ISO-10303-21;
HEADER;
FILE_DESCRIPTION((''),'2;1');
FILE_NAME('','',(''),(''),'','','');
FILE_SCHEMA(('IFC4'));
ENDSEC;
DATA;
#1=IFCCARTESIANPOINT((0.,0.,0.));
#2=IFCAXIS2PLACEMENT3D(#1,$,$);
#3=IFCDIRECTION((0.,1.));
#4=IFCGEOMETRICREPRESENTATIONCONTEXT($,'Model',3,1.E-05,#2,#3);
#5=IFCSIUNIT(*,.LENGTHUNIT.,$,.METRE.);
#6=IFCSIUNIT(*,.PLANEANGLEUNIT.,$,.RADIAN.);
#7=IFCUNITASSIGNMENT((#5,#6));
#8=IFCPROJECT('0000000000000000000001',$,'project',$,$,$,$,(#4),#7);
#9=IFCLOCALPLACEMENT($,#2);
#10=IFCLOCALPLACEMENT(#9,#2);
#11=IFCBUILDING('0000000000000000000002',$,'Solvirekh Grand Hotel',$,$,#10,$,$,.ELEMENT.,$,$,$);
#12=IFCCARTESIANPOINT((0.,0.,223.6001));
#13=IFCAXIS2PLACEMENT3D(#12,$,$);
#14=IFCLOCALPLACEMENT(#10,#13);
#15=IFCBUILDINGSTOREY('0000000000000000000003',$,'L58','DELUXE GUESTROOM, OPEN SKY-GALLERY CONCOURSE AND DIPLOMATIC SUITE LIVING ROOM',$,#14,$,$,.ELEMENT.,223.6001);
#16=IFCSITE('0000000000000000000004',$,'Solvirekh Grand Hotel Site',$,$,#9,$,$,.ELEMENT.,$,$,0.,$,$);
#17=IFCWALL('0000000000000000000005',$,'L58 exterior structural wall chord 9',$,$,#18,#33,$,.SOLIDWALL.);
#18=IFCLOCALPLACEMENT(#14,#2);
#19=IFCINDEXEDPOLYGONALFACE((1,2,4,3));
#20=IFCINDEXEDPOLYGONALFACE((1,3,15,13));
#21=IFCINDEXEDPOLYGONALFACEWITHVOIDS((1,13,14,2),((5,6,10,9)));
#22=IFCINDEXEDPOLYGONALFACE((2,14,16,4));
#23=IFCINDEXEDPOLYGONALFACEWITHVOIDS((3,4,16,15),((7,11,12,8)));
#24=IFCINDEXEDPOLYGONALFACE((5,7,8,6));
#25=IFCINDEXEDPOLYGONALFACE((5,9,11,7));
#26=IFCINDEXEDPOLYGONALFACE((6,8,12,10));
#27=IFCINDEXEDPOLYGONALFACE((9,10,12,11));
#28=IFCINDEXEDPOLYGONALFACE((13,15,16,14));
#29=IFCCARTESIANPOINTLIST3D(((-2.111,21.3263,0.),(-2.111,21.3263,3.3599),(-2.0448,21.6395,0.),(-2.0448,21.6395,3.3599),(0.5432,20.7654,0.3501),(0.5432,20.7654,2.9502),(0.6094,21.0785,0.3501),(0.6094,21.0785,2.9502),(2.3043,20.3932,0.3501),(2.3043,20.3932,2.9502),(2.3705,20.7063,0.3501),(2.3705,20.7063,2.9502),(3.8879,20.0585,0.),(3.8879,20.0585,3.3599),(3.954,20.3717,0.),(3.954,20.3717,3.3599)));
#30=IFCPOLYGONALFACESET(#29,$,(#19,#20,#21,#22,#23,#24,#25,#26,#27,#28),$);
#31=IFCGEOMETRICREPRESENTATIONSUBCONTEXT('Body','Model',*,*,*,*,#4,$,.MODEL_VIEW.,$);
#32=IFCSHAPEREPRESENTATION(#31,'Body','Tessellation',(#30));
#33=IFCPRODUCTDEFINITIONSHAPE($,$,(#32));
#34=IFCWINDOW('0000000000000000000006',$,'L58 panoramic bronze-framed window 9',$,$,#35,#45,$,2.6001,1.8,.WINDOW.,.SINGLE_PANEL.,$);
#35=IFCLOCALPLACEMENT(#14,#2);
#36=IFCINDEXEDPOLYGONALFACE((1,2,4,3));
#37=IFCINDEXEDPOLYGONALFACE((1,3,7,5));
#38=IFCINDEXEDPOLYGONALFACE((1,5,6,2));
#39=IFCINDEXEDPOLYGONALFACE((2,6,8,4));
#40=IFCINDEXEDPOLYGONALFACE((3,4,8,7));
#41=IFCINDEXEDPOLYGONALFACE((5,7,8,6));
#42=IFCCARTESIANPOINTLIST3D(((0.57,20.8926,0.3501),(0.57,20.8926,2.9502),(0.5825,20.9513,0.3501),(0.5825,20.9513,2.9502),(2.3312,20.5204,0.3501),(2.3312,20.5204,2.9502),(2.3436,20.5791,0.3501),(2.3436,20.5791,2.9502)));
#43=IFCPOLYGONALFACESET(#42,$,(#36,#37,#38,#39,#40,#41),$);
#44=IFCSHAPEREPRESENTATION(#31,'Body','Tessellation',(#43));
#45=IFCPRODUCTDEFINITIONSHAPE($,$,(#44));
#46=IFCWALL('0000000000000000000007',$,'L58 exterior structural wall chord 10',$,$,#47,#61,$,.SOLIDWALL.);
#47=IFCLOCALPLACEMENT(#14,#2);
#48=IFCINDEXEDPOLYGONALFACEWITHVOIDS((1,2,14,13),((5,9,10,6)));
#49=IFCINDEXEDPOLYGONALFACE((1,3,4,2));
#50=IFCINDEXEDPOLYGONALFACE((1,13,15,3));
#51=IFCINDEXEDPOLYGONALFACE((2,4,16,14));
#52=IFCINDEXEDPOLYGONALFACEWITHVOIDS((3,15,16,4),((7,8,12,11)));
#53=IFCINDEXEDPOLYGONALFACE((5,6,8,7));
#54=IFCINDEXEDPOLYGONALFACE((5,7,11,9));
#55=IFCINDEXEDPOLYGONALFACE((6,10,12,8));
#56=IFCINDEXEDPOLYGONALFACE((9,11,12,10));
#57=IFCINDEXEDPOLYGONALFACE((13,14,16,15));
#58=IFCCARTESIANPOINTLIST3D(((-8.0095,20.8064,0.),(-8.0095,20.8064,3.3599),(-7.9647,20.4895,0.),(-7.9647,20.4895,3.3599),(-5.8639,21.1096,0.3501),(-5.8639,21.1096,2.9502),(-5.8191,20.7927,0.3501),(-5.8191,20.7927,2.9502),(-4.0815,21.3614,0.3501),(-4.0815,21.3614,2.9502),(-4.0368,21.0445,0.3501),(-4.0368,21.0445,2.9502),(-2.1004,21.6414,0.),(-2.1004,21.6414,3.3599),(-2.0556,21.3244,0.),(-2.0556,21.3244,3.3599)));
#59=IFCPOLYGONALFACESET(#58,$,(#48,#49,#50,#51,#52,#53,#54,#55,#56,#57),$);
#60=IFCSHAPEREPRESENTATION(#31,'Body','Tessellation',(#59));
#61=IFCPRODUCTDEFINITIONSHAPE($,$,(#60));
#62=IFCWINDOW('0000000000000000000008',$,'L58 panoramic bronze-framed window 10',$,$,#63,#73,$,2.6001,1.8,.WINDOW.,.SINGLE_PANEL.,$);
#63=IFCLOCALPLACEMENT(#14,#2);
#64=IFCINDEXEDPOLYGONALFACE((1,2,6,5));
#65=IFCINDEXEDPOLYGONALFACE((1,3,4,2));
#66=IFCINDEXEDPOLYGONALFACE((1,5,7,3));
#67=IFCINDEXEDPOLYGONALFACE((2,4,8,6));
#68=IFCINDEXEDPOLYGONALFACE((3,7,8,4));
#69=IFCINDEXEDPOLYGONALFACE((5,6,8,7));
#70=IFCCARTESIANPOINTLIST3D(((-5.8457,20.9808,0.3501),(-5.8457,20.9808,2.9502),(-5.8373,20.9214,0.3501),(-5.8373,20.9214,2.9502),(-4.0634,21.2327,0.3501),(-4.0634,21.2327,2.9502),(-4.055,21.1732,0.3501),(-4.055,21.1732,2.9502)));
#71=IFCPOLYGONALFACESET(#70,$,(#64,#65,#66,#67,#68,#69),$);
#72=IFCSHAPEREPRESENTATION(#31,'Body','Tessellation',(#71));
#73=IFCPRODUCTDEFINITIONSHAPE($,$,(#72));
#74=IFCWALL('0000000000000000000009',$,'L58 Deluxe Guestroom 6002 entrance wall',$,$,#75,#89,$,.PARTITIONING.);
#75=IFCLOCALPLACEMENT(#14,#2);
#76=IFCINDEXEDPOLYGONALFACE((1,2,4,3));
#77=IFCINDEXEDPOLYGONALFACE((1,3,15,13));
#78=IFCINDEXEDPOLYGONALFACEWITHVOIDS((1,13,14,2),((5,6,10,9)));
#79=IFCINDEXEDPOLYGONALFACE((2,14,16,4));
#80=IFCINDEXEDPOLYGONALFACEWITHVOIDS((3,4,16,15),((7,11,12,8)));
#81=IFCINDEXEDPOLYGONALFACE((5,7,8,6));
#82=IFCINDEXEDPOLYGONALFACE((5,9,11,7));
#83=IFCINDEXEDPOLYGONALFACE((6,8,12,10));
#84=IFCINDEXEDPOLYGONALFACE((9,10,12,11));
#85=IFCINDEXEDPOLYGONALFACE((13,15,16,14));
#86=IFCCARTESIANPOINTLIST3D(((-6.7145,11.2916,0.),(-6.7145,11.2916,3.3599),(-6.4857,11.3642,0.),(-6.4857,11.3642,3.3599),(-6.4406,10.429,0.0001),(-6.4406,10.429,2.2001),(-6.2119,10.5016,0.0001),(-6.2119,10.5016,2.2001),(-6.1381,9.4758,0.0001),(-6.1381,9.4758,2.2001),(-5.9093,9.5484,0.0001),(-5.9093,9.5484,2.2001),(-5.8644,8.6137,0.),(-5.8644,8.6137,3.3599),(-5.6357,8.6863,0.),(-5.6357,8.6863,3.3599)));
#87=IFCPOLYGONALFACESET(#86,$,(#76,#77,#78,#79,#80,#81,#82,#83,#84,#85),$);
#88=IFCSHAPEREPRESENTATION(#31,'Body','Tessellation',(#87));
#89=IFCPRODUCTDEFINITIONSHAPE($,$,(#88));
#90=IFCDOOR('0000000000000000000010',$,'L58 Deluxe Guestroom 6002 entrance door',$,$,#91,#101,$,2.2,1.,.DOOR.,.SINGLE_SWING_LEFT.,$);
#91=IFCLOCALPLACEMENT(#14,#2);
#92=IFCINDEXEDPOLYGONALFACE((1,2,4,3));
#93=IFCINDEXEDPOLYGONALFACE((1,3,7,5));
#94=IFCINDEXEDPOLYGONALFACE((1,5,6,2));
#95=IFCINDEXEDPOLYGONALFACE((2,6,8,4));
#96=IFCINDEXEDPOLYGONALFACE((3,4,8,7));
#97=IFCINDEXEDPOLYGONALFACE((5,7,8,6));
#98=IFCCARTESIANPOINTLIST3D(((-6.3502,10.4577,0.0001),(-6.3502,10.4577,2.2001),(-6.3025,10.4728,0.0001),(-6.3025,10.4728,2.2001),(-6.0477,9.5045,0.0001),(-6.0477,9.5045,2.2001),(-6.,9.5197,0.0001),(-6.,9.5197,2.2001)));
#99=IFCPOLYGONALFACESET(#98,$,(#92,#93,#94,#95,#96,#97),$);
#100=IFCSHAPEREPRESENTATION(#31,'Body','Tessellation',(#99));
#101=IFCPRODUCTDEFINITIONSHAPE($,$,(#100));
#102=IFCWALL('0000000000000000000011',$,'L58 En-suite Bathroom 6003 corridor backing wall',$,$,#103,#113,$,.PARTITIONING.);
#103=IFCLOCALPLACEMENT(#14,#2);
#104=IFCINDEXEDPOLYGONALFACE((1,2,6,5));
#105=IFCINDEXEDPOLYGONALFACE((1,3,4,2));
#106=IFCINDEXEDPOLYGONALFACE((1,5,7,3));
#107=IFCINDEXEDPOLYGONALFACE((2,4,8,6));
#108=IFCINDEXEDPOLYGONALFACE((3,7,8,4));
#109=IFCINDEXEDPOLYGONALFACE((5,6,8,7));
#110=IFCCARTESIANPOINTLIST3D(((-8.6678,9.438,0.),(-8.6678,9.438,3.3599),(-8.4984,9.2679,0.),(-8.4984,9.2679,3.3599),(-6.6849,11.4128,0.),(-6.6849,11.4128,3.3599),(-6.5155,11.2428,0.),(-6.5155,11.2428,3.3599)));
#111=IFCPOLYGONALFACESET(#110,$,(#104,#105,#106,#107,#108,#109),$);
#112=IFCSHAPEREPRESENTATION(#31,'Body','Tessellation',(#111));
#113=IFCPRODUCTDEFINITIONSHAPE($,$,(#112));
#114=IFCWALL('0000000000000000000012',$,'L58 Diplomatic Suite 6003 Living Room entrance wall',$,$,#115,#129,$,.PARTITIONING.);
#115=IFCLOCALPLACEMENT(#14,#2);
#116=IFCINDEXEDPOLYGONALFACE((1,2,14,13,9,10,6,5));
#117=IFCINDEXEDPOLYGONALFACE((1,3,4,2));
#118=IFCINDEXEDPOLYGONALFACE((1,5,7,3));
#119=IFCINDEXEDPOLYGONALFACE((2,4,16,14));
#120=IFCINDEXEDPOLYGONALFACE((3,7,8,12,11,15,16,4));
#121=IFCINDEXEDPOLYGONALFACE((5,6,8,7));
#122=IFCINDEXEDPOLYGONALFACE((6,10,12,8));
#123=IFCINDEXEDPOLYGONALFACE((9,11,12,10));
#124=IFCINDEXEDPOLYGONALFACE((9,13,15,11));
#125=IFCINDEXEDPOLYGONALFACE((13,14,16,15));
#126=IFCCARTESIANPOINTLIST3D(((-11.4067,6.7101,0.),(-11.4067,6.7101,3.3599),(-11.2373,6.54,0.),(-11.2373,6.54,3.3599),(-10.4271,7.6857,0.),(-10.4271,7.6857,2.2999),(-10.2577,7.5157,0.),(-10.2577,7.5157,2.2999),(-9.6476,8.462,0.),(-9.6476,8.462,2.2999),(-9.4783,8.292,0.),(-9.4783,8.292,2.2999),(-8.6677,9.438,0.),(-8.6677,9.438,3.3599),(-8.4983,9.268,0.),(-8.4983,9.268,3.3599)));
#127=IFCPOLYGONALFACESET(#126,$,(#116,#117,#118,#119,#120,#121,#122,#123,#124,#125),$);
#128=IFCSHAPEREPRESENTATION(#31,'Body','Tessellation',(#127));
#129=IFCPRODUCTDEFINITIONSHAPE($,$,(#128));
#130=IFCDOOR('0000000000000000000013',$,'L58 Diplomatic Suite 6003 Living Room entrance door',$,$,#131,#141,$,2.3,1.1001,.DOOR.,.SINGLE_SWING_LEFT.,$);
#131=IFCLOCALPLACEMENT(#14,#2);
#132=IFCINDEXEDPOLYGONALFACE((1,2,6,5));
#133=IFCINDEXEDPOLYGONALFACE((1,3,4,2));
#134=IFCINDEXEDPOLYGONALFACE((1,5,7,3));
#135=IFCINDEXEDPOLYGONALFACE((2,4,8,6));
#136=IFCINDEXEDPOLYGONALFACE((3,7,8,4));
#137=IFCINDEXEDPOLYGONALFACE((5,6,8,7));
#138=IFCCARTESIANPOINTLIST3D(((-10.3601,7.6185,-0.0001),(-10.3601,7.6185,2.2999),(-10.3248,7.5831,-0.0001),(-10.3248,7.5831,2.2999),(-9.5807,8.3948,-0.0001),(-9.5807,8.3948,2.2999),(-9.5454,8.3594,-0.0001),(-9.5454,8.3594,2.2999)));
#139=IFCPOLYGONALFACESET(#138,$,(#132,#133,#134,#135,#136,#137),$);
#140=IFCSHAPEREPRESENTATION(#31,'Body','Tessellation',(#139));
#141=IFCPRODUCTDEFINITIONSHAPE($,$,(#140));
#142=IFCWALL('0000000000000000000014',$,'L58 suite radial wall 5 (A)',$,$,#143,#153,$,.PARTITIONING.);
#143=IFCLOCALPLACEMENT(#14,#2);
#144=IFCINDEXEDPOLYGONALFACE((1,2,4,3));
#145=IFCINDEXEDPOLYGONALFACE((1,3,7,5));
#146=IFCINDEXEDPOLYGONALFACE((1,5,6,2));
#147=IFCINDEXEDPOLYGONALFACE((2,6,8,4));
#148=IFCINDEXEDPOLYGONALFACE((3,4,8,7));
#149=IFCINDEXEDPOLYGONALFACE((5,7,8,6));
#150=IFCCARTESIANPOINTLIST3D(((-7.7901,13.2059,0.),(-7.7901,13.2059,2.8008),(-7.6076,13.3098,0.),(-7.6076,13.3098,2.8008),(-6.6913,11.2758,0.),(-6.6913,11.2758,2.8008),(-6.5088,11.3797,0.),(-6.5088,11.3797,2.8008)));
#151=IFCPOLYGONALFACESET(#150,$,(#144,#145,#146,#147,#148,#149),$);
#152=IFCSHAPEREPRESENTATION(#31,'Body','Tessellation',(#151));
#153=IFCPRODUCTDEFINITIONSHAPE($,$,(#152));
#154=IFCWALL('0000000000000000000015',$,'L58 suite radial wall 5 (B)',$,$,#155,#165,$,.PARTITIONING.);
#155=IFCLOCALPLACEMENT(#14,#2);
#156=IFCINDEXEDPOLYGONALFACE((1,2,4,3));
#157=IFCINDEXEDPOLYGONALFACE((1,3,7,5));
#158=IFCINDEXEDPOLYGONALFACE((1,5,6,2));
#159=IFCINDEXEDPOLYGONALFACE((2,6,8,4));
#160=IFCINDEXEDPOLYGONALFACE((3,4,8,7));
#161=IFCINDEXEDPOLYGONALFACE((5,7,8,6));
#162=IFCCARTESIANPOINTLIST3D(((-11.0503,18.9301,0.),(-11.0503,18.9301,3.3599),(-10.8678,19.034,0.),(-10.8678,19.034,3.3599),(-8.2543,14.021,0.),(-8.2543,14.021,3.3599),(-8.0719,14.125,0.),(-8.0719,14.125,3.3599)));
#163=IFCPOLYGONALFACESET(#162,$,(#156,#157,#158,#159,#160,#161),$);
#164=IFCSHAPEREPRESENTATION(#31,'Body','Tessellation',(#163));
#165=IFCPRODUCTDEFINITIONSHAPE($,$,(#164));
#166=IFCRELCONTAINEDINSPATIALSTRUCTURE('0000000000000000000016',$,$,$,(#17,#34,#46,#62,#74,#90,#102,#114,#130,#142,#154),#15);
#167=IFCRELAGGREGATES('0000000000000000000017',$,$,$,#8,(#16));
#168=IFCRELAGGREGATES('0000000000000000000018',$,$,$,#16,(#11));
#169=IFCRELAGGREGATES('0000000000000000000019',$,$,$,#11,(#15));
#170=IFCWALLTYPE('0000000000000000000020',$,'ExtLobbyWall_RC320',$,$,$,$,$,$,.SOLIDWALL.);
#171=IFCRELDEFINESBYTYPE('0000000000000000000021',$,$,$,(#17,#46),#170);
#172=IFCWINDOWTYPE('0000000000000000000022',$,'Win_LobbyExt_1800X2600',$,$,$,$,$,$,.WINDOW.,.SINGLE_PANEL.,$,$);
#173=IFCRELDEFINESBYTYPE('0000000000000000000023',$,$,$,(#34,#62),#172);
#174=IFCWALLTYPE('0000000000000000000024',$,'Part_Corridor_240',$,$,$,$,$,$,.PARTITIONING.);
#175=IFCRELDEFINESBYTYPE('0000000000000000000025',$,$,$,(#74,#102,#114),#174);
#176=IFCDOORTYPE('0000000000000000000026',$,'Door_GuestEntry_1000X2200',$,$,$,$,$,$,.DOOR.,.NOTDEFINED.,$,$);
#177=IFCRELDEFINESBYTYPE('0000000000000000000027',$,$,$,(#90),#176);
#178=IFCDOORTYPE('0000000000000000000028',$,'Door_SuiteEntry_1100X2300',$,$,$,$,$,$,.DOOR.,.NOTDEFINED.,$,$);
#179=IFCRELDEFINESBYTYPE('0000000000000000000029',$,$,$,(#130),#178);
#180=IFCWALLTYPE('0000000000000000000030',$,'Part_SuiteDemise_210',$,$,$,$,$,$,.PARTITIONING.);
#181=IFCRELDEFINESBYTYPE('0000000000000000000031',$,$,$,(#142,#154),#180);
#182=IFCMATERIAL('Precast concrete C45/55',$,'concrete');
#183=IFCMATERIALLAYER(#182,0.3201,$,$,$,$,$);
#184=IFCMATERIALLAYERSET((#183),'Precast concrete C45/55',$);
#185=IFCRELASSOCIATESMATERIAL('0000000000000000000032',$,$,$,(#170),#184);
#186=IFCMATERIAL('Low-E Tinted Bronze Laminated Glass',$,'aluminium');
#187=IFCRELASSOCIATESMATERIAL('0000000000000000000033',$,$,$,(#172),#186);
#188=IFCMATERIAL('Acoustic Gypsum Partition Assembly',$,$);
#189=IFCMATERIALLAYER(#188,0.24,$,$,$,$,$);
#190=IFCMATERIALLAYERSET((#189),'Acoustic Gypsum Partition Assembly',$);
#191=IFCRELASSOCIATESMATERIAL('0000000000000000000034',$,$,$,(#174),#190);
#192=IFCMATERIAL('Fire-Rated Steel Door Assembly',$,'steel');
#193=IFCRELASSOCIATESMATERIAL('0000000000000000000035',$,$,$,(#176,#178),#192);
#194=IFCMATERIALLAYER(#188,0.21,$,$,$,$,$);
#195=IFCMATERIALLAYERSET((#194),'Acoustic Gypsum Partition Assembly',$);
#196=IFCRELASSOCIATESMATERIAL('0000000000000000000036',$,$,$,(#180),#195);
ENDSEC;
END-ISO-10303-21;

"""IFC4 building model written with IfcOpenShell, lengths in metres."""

from ifc_helpers import new_model, si_unit, direction, frame, frame_2d, origin, place, context, subcontext, project, spatial, rectangle, extrude, material, layer, layer_set, type_object, element, fill, save


model = new_model("IFC4")

# Units and contexts
model_context = context("Model", 3, precision=1e-05, world=origin(), true_north=direction((0.0, 1.0)))
body_context = subcontext(model_context, "Body", "Model", "MODEL_VIEW")
ifc_project = project(units=[si_unit("LENGTHUNIT", "METRE"), si_unit("PLANEANGLEUNIT", "RADIAN")], contexts=[model_context])

# Site, building, storey
site_placement = place(None, origin())
site = spatial("IfcSite", under=ifc_project, at=site_placement, Name="Solvirekh Grand Hotel Site", CompositionType="ELEMENT", RefElevation=0.0)
building_placement = place(site_placement, origin())
building = spatial("IfcBuilding", under=site, at=building_placement, Name="Solvirekh Grand Hotel", CompositionType="ELEMENT")
storey_placement = place(building_placement, frame((0.0, 0.0, 223.6001)))
storey = spatial("IfcBuildingStorey", under=building, at=storey_placement, Name="L58", Description="DELUXE GUESTROOM, OPEN SKY-GALLERY CONCOURSE AND DIPLOMATIC SUITE LIVING ROOM", CompositionType="ELEMENT", Elevation=223.6001)

# Walls, openings, windows
ifc_material_1 = material(Name="Precast concrete C45/55", Category="concrete")
ifc_layer_1 = layer(ifc_material_1, 0.3201)
ifc_layer_set_1 = layer_set([ifc_layer_1], Name="Precast concrete C45/55")
wall_type_1 = type_object("IfcWallType", Name="ExtLobbyWall_RC320", PredefinedType="SOLIDWALL", material=ifc_layer_set_1)
wall_1_placement = place(storey_placement, frame((-2.0779, 21.4829, 0.0), z_axis=(0.0, 0.0, 1.0), x_axis=(0.978388, -0.206779, 0.0)))
wall_1 = element("IfcWall", 1, at=wall_1_placement, inside=storey, type_object=wall_type_1, Name="L58 exterior structural wall chord 9", PredefinedType="SOLIDWALL", context=body_context, shape_type="SweptSolid", body=[
    extrude(rectangle(XDim=6.1313, YDim=0.3201, at=frame_2d((3.0657, 0.0))), origin(), (0.0, 0.0, 1.0), 3.3599),
])
opening_1_placement = place(wall_1_placement, frame((2.7129, 0.0, 0.3501)))
opening_1 = element("IfcOpeningElement", 2, at=opening_1_placement, cuts=wall_1, PredefinedType="OPENING", context=body_context, shape_type="SweptSolid", body=[
    extrude(rectangle(XDim=1.8, YDim=2.6001, at=frame_2d((0.8999, 1.3))), frame((0.0, 0.1699, 0.0), z_axis=(0.0, -1.0, 0.0), x_axis=(1.0, 0.0, 0.0)), (0.0, 0.0, 1.0), 0.3401),
])
ifc_material_2 = material(Name="Low-E Tinted Bronze Laminated Glass", Category="aluminium")
window_type = type_object("IfcWindowType", Name="Win_LobbyExt_1800X2600", PartitioningType="SINGLE_PANEL", PredefinedType="WINDOW", material=ifc_material_2)
window_1_placement = place(opening_1_placement, origin())
window_1 = element("IfcWindow", 3, at=window_1_placement, inside=storey, type_object=window_type, Name="L58 panoramic bronze-framed window 9", OverallHeight=2.6001, OverallWidth=1.8, PartitioningType="SINGLE_PANEL", PredefinedType="WINDOW", context=body_context, shape_type="SweptSolid", body=[
    extrude(rectangle(XDim=1.8, YDim=2.6001, at=frame_2d((0.8999, 1.3))), frame((0.0, 0.03, 0.0), z_axis=(0.0, -1.0, 0.0), x_axis=(1.0, 0.0, 0.0)), (0.0, 0.0, 1.0), 0.0601),
])
fill(opening_1, window_1)
wall_2_placement = place(storey_placement, frame((-7.9871, 20.6479, 0.0), z_axis=(0.0, 0.0, 1.0), x_axis=(0.990164, 0.139909, 0.0)))
wall_2 = element("IfcWall", 4, at=wall_2_placement, inside=storey, type_object=wall_type_1, Name="L58 exterior structural wall chord 10", PredefinedType="SOLIDWALL", context=body_context, shape_type="SweptSolid", body=[
    extrude(rectangle(XDim=5.9678, YDim=0.3201, at=frame_2d((2.9839, 0.0))), origin(), (0.0, 0.0, 1.0), 3.3599),
])
opening_2_placement = place(wall_2_placement, frame((2.167, 0.0, 0.3501)))
opening_2 = element("IfcOpeningElement", 5, at=opening_2_placement, cuts=wall_2, PredefinedType="OPENING", context=body_context, shape_type="SweptSolid", body=[
    extrude(rectangle(XDim=1.8, YDim=2.6001, at=frame_2d((0.8999, 1.3))), frame((0.0, 0.1699, 0.0), z_axis=(0.0, -1.0, 0.0), x_axis=(1.0, 0.0, 0.0)), (0.0, 0.0, 1.0), 0.3401),
])
window_2_placement = place(opening_2_placement, origin())
window_2 = element("IfcWindow", 6, at=window_2_placement, inside=storey, type_object=window_type, Name="L58 panoramic bronze-framed window 10", OverallHeight=2.6001, OverallWidth=1.8, PartitioningType="SINGLE_PANEL", PredefinedType="WINDOW", context=body_context, shape_type="SweptSolid", body=[
    extrude(rectangle(XDim=1.8, YDim=2.6001, at=frame_2d((0.8999, 1.3))), frame((0.0, 0.03, 0.0), z_axis=(0.0, -1.0, 0.0), x_axis=(1.0, 0.0, 0.0)), (0.0, 0.0, 1.0), 0.0601),
])
fill(opening_2, window_2)

# Wall, opening, door
ifc_material_3 = material(Name="Acoustic Gypsum Partition Assembly")
ifc_layer_2 = layer(ifc_material_3, 0.24)
ifc_layer_set_2 = layer_set([ifc_layer_2], Name="Acoustic Gypsum Partition Assembly")
wall_type_2 = type_object("IfcWallType", Name="Part_Corridor_240", PredefinedType="PARTITIONING", material=ifc_layer_set_2)
wall_3_placement = place(storey_placement, frame((-6.6001, 11.3279, 0.0), z_axis=(0.0, 0.0, 1.0), x_axis=(0.302562, -0.95313, 0.0)))
wall_3 = element("IfcWall", 7, at=wall_3_placement, inside=storey, type_object=wall_type_2, Name="L58 Deluxe Guestroom 6002 entrance wall", PredefinedType="PARTITIONING", context=body_context, shape_type="SweptSolid", body=[
    extrude(rectangle(XDim=2.8096, YDim=0.24, at=frame_2d((1.4048, 0.0))), origin(), (0.0, 0.0, 1.0), 3.3599),
])
opening_3_placement = place(wall_3_placement, frame((0.905, 0.0, 0.0)))
opening_3 = element("IfcOpeningElement", 8, at=opening_3_placement, cuts=wall_3, PredefinedType="OPENING", context=body_context, shape_type="SweptSolid", body=[
    extrude(rectangle(XDim=1.0, YDim=2.2, at=frame_2d((0.5, 1.1001))), frame((0.0, 0.1299, 0.0), z_axis=(0.0, -1.0, 0.0), x_axis=(1.0, 0.0, 0.0)), (0.0, 0.0, 1.0), 0.26),
])
ifc_material_4 = material(Name="Fire-Rated Steel Door Assembly", Category="steel")
door_type_1 = type_object("IfcDoorType", Name="Door_GuestEntry_1000X2200", OperationType="NOTDEFINED", PredefinedType="DOOR", material=ifc_material_4)
door_1_placement = place(opening_3_placement, origin())
door_1 = element("IfcDoor", 9, at=door_1_placement, inside=storey, type_object=door_type_1, Name="L58 Deluxe Guestroom 6002 entrance door", OperationType="SINGLE_SWING_LEFT", OverallHeight=2.2, OverallWidth=1.0, PredefinedType="DOOR", context=body_context, shape_type="SweptSolid", body=[
    extrude(rectangle(XDim=1.0, YDim=2.2, at=frame_2d((0.5, 1.1001))), frame((0.0, 0.0249, 0.0), z_axis=(0.0, -1.0, 0.0), x_axis=(1.0, 0.0, 0.0)), (0.0, 0.0, 1.0), 0.05),
])
fill(opening_3, door_1)

# Wall
wall_4_placement = place(storey_placement, frame((-6.6001, 11.3279, 0.0), z_axis=(0.0, 0.0, 1.0), x_axis=(-0.708545, -0.705666, 0.0)))
element("IfcWall", 10, at=wall_4_placement, inside=storey, type_object=wall_type_2, Name="L58 En-suite Bathroom 6003 corridor backing wall", PredefinedType="PARTITIONING", context=body_context, shape_type="SweptSolid", body=[
    extrude(rectangle(XDim=2.7986, YDim=0.24, at=frame_2d((1.3994, 0.0))), origin(), (0.0, 0.0, 1.0), 3.3599),
])

# Wall, opening, door
wall_5_placement = place(storey_placement, frame((-8.583, 9.353, 0.0), z_axis=(0.0, 0.0, 1.0), x_axis=(-0.708526, -0.705684, 0.0)))
wall_5 = element("IfcWall", 11, at=wall_5_placement, inside=storey, type_object=wall_type_2, Name="L58 Diplomatic Suite 6003 Living Room entrance wall", PredefinedType="PARTITIONING", context=body_context, shape_type="SweptSolid", body=[
    extrude(rectangle(XDim=3.8657, YDim=0.24, at=frame_2d((1.9329, 0.0))), origin(), (0.0, 0.0, 1.0), 3.3599),
])
opening_4_placement = place(wall_5_placement, frame((1.3831, 0.0, 0.0)))
opening_4 = element("IfcOpeningElement", 12, at=opening_4_placement, cuts=wall_5, PredefinedType="OPENING", context=body_context, shape_type="SweptSolid", body=[
    extrude(rectangle(XDim=1.1001, YDim=2.3, at=frame_2d((0.55, 1.1499))), frame((0.0, 0.1299, 0.0), z_axis=(0.0, -1.0, 0.0), x_axis=(1.0, 0.0, 0.0)), (0.0, 0.0, 1.0), 0.26),
])
door_type_2 = type_object("IfcDoorType", Name="Door_SuiteEntry_1100X2300", OperationType="NOTDEFINED", PredefinedType="DOOR", material=ifc_material_4)
door_2_placement = place(opening_4_placement, origin())
door_2 = element("IfcDoor", 13, at=door_2_placement, inside=storey, type_object=door_type_2, Name="L58 Diplomatic Suite 6003 Living Room entrance door", OperationType="SINGLE_SWING_LEFT", OverallHeight=2.3, OverallWidth=1.1001, PredefinedType="DOOR", context=body_context, shape_type="SweptSolid", body=[
    extrude(rectangle(XDim=1.1001, YDim=2.3, at=frame_2d((0.55, 1.1499))), frame((0.0, 0.0249, 0.0), z_axis=(0.0, -1.0, 0.0), x_axis=(1.0, 0.0, 0.0)), (0.0, 0.0, 1.0), 0.05),
])
fill(opening_4, door_2)

# Walls
ifc_layer_3 = layer(ifc_material_3, 0.21)
ifc_layer_set_3 = layer_set([ifc_layer_3], Name="Acoustic Gypsum Partition Assembly")
wall_type_3 = type_object("IfcWallType", Name="Part_SuiteDemise_210", PredefinedType="PARTITIONING", material=ifc_layer_set_3)
wall_6_placement = place(storey_placement, frame((-6.6001, 11.3279, 0.0), z_axis=(0.0, 0.0, 1.0), x_axis=(-0.494753, 0.869033, 0.0)))
element("IfcWall", 14, at=wall_6_placement, inside=storey, type_object=wall_type_3, Name="L58 suite radial wall 5 (A)", PredefinedType="PARTITIONING", context=body_context, shape_type="SweptSolid", body=[
    extrude(rectangle(XDim=2.2209, YDim=0.21, at=frame_2d((1.1104, 0.0))), origin(), (0.0, 0.0, 1.0), 2.8008),
])
wall_7_placement = place(storey_placement, frame((-8.1631, 14.073, 0.0), z_axis=(0.0, 0.0, 1.0), x_axis=(-0.49491, 0.868944, 0.0)))
element("IfcWall", 15, at=wall_7_placement, inside=storey, type_object=wall_type_3, Name="L58 suite radial wall 5 (B)", PredefinedType="PARTITIONING", context=body_context, shape_type="SweptSolid", body=[
    extrude(rectangle(XDim=5.6494, YDim=0.21, at=frame_2d((2.8247, 0.0))), origin(), (0.0, 0.0, 1.0), 3.3599),
])

save(model, "model.ifc")
